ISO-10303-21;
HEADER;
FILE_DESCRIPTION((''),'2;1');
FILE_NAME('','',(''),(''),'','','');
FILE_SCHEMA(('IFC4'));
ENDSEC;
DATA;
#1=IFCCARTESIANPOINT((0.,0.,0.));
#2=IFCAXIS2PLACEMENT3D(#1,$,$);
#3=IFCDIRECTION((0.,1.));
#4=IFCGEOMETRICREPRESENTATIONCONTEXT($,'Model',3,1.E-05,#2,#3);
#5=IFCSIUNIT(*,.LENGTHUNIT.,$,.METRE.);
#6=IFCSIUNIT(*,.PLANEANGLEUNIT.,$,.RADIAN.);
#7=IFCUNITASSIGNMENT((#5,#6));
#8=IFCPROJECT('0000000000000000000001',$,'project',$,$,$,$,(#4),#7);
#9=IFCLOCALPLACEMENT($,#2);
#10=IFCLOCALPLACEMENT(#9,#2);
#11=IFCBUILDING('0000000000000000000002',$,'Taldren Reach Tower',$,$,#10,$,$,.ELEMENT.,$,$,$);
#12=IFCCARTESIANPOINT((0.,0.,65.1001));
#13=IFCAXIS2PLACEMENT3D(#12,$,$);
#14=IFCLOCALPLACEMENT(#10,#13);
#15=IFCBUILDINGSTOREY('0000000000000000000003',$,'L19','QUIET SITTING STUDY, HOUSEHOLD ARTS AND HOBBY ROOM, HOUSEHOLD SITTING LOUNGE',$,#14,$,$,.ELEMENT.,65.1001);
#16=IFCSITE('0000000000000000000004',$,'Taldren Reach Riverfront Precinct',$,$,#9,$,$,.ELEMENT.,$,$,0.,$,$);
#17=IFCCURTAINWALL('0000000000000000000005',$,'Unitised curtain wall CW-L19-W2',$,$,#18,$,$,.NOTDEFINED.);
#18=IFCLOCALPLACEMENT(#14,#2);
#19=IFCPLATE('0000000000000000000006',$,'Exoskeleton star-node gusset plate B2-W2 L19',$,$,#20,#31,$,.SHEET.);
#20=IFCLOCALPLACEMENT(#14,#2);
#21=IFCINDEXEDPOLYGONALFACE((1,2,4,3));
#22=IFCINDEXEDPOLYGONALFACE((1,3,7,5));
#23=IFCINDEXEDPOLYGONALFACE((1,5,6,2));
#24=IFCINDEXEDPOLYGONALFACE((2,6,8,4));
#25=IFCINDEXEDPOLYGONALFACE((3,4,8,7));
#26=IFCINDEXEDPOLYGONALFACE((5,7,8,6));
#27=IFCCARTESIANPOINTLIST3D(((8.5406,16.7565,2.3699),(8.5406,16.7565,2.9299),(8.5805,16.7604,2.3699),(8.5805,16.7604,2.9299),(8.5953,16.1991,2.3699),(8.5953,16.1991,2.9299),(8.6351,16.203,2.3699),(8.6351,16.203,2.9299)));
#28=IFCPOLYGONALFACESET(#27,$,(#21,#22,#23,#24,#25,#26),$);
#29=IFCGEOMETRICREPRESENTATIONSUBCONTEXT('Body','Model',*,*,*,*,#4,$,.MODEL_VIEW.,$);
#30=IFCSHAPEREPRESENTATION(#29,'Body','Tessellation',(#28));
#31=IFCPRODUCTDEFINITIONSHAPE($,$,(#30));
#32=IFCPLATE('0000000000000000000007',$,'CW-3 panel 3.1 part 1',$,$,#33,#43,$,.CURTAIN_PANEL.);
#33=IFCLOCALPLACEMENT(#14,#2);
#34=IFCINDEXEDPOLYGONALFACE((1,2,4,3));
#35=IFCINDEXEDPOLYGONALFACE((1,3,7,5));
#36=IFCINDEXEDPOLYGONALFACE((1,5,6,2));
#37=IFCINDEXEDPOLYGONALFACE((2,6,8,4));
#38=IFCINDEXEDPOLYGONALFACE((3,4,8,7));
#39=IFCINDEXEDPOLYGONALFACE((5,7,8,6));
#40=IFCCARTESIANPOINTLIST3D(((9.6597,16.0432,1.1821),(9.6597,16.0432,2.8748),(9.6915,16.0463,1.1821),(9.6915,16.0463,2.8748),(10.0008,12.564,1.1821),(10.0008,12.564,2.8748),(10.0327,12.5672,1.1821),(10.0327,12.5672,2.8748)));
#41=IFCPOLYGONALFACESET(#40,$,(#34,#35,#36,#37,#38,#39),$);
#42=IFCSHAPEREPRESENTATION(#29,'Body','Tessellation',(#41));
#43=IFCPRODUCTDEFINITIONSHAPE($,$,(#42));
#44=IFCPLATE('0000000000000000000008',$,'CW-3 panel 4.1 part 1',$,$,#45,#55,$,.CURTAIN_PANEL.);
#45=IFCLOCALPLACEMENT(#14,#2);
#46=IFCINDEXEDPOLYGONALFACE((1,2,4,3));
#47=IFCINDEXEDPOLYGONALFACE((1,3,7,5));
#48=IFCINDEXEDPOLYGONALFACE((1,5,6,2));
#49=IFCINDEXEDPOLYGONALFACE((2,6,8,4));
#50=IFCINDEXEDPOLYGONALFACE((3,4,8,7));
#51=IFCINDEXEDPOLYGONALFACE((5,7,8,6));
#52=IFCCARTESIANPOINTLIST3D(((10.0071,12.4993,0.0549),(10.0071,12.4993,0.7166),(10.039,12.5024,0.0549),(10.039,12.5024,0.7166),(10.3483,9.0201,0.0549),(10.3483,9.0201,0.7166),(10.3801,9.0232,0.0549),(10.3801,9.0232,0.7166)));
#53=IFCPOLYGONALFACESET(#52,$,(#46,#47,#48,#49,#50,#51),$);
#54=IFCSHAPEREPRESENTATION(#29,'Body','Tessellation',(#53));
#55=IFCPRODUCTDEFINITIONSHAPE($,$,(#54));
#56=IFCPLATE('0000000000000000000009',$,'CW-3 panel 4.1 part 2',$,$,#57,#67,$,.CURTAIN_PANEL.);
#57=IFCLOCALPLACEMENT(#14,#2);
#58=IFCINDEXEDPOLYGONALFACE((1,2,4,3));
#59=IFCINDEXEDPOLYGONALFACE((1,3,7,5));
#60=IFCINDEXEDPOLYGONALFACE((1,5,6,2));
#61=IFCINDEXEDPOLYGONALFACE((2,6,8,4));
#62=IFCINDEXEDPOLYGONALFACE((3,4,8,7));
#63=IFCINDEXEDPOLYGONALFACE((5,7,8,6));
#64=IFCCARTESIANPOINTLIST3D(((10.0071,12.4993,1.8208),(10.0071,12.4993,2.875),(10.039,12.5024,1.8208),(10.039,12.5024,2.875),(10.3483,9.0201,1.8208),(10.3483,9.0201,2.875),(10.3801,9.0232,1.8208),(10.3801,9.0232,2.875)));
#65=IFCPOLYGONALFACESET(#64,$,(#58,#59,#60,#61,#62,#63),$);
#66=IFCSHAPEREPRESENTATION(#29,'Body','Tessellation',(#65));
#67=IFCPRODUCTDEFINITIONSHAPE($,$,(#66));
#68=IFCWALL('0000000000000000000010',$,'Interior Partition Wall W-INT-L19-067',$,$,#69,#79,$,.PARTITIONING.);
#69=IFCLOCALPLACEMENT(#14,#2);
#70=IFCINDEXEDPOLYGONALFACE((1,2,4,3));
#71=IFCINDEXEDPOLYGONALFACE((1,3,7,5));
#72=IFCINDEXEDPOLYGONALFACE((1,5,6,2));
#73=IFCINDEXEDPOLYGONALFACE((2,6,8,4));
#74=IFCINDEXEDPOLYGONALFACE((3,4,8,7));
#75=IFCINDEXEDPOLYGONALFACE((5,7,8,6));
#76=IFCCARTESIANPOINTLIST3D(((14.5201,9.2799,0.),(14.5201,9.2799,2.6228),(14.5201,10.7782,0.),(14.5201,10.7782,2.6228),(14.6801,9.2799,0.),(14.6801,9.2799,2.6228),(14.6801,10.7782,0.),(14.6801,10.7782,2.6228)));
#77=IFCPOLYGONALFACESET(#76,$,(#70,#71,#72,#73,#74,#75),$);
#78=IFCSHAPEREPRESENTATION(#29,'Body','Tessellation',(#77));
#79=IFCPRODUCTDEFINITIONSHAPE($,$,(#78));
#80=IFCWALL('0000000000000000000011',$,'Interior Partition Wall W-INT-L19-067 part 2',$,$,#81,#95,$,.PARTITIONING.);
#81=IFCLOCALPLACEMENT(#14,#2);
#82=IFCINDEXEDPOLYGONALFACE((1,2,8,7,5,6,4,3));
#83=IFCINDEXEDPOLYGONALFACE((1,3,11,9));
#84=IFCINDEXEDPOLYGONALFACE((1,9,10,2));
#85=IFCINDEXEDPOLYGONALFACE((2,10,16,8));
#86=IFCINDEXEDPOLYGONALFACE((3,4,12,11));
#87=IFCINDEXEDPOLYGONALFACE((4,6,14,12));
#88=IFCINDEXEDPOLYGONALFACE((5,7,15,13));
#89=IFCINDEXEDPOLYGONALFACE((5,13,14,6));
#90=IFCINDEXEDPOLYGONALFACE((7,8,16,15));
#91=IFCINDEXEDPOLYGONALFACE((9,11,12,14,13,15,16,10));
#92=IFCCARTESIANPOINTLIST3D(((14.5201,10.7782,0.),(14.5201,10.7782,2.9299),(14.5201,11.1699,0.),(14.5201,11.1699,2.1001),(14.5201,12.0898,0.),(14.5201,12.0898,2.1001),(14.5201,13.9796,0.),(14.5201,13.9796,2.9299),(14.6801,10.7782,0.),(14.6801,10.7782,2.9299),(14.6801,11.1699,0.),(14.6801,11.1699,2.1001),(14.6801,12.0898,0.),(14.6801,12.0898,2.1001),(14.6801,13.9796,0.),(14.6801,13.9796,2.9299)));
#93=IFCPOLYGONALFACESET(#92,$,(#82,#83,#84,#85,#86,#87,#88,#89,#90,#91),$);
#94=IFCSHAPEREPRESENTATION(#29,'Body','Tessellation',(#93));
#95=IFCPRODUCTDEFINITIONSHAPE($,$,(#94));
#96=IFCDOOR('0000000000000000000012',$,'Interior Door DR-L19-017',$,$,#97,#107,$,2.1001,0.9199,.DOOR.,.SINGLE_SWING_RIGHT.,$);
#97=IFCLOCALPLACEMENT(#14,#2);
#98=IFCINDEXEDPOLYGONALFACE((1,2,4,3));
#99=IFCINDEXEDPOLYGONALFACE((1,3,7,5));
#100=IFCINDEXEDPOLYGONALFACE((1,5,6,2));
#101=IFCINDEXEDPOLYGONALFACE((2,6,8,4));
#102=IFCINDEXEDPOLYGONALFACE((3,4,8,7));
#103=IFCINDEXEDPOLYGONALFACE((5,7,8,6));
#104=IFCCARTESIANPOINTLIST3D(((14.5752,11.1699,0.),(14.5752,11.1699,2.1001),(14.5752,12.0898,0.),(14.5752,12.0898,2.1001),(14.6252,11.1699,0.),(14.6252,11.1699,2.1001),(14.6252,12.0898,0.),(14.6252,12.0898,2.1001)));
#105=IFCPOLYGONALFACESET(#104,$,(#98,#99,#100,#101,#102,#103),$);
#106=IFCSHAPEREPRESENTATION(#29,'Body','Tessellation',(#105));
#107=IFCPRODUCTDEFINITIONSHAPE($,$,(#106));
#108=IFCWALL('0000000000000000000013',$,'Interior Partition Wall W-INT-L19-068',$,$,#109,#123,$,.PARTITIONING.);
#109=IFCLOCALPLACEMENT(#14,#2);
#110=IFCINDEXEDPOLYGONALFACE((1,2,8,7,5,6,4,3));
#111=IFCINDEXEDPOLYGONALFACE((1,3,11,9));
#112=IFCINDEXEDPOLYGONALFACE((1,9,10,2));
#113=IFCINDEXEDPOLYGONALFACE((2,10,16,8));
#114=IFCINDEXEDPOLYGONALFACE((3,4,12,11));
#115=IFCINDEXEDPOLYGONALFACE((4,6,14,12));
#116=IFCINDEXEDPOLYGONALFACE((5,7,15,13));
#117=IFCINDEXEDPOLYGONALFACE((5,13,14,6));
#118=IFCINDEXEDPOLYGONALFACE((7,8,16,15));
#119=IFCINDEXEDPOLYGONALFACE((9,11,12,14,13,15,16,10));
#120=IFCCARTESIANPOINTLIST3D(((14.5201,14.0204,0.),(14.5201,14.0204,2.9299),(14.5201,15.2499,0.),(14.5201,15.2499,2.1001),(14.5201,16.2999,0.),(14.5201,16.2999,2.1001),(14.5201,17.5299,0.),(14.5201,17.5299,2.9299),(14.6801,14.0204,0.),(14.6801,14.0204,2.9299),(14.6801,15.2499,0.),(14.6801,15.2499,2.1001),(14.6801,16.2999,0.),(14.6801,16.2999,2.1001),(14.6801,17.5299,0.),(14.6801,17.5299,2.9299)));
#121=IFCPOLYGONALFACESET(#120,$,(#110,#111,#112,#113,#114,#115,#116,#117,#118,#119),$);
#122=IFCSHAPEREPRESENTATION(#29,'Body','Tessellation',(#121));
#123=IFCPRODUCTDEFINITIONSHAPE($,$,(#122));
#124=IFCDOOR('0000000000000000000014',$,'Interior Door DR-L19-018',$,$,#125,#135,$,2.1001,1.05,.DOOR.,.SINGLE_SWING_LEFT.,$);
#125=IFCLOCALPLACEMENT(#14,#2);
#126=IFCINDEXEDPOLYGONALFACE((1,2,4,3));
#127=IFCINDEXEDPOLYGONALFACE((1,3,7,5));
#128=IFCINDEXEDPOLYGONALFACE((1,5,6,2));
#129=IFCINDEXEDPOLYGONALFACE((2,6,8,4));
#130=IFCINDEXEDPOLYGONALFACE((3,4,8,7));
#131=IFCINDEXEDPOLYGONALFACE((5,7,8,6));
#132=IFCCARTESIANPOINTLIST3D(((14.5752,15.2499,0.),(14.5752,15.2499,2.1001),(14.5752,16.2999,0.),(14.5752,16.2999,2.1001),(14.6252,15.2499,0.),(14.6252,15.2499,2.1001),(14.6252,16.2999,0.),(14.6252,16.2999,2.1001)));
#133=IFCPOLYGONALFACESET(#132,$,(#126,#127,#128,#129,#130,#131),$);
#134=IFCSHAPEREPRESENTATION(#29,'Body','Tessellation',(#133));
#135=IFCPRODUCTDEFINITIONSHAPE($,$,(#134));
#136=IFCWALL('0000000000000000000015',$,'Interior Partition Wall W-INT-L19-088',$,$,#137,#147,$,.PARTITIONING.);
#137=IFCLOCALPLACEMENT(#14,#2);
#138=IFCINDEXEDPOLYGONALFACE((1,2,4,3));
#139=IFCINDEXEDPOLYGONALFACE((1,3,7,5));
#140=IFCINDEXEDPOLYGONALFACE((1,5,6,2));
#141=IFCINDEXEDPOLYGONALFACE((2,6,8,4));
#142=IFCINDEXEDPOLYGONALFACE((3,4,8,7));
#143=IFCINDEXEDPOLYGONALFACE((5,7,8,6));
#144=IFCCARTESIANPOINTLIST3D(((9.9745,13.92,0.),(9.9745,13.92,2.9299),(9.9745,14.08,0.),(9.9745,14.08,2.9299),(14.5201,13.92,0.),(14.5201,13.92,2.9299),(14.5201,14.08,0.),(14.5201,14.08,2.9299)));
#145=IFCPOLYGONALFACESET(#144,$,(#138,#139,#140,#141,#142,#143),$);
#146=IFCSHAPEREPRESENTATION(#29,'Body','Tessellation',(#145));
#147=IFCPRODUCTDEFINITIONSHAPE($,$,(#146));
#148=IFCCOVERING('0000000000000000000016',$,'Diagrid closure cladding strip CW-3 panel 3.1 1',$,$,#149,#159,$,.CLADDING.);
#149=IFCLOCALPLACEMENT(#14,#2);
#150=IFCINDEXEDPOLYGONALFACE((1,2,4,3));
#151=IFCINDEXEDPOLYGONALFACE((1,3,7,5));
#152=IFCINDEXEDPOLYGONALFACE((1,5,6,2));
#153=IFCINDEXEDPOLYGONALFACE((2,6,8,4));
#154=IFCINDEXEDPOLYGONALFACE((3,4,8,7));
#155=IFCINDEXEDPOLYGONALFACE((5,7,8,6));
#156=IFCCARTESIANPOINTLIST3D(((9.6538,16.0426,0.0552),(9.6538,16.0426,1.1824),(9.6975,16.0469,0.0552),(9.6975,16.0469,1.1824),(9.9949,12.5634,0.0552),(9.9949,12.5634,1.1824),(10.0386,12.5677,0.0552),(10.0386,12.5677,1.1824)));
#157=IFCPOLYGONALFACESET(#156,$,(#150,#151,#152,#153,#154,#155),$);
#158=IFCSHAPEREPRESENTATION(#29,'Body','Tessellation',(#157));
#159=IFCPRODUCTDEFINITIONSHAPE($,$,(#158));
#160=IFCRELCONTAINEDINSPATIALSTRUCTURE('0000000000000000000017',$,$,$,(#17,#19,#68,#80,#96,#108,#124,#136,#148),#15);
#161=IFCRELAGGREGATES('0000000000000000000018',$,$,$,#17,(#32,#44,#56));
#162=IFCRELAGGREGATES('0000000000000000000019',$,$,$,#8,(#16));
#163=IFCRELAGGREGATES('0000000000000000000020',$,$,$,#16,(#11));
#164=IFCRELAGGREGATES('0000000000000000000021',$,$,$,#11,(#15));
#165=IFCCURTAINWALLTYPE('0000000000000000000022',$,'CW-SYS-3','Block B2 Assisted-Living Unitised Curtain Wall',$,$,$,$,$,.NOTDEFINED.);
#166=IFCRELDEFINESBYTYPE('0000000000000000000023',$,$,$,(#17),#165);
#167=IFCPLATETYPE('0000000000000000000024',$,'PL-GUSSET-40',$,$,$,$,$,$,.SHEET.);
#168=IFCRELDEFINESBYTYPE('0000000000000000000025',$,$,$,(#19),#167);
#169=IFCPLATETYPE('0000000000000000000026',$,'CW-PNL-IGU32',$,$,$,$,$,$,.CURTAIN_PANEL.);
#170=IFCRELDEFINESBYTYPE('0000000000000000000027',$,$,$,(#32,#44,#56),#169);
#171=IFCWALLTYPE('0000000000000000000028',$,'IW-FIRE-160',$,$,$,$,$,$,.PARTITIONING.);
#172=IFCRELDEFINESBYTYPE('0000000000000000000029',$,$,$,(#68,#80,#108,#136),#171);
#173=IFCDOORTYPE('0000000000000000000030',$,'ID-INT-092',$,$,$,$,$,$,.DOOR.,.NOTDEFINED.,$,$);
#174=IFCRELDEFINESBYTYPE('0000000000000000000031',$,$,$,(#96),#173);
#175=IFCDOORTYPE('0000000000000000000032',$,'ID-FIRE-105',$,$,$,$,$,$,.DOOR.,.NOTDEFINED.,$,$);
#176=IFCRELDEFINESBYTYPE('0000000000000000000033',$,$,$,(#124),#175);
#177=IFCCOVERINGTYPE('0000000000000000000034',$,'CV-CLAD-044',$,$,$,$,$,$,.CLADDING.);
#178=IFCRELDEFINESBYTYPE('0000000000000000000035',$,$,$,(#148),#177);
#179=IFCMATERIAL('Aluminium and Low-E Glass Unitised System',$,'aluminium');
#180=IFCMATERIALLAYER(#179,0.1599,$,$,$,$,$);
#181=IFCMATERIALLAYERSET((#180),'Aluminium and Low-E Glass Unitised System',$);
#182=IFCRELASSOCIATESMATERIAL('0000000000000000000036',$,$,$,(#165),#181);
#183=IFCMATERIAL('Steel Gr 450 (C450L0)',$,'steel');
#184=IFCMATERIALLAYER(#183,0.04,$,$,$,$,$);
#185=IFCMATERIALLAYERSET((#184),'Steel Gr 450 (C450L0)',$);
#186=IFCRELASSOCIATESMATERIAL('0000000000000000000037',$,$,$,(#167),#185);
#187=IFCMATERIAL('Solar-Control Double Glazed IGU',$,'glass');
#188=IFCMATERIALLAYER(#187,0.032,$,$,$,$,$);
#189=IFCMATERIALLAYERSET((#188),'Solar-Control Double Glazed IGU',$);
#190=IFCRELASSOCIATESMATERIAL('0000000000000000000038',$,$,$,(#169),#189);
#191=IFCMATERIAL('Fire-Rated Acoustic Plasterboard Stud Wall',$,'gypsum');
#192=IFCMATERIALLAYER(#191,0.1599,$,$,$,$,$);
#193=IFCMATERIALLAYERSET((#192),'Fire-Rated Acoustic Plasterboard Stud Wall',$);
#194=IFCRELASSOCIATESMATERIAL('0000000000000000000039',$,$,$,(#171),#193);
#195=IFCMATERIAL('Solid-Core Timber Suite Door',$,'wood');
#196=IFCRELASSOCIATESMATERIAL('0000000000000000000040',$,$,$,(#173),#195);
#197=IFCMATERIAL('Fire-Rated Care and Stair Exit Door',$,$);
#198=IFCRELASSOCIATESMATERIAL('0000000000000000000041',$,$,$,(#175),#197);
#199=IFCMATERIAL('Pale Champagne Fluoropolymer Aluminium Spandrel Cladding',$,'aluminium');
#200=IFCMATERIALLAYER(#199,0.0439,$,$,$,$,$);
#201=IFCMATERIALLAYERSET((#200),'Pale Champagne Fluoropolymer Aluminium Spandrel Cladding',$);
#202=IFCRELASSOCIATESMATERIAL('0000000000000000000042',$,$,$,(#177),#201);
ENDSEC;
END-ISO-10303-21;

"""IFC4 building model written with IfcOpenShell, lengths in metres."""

from ifc_helpers import new_model, si_unit, direction, frame, frame_2d, origin, origin_2d, place, context, subcontext, project, spatial, rectangle, extrude, source, transform, mapped, material, layer, layer_set, type_object, element, fill, aggregate, save


model = new_model("IFC4")

# Units and contexts
model_context = context("Model", 3, precision=1e-05, world=origin(), true_north=direction((0.0, 1.0)))
body_context = subcontext(model_context, "Body", "Model", "MODEL_VIEW")
ifc_project = project(units=[si_unit("LENGTHUNIT", "METRE"), si_unit("PLANEANGLEUNIT", "RADIAN")], contexts=[model_context])

# Site, building, storey
site_placement = place(None, origin())
site = spatial("IfcSite", under=ifc_project, at=site_placement, Name="Taldren Reach Riverfront Precinct", CompositionType="ELEMENT", RefElevation=0.0)
building_placement = place(site_placement, origin())
building = spatial("IfcBuilding", under=site, at=building_placement, Name="Taldren Reach Tower", CompositionType="ELEMENT")
storey_placement = place(building_placement, frame((0.0, 0.0, 65.1001)))
storey = spatial("IfcBuildingStorey", under=building, at=storey_placement, Name="L19", Description="QUIET SITTING STUDY, HOUSEHOLD ARTS AND HOBBY ROOM, HOUSEHOLD SITTING LOUNGE", CompositionType="ELEMENT", Elevation=65.1001)

# Shared definitions
ifc_material_1 = material(Name="Steel Gr 450 (C450L0)", Category="steel")

# Curtain wall
ifc_material_2 = material(Name="Aluminium and Low-E Glass Unitised System", Category="aluminium")
ifc_layer_1 = layer(ifc_material_2, 0.1599)
ifc_layer_set_1 = layer_set([ifc_layer_1], Name="Aluminium and Low-E Glass Unitised System")
curtain_wall_type = type_object("IfcCurtainWallType", Name="CW-SYS-3", Description="Block B2 Assisted-Living Unitised Curtain Wall", PredefinedType="NOTDEFINED", material=ifc_layer_set_1)
curtain_wall_placement = place(storey_placement, origin())
curtain_wall = element("IfcCurtainWall", 1, at=curtain_wall_placement, inside=storey, type_object=curtain_wall_type, Name="Unitised curtain wall CW-L19-W2", PredefinedType="NOTDEFINED")

# Plates
ifc_layer_2 = layer(ifc_material_1, 0.04)
ifc_layer_set_2 = layer_set([ifc_layer_2], Name="Steel Gr 450 (C450L0)")
plate_type_1 = type_object("IfcPlateType", Name="PL-GUSSET-40", PredefinedType="SHEET", material=ifc_layer_set_2)
shared_shape_1 = source(origin(), body_context, "Body", "SweptSolid", [
    extrude(rectangle(XDim=0.5601, YDim=0.04, at=origin_2d()), origin(), (0.0, 0.0, 1.0), 0.5601),
])
plate_1_placement = place(storey_placement, frame((8.5879, 16.4797, 2.3699), z_axis=(0.0, 0.0, 1.0), x_axis=(-0.097583, 0.995227, 0.0)))
element("IfcPlate", 2, at=plate_1_placement, inside=storey, type_object=plate_type_1, Name="Exoskeleton star-node gusset plate B2-W2 L19", PredefinedType="SHEET", context=body_context, shape_type="MappedRepresentation", body=[
    mapped(shared_shape_1, transform((0.0, 0.0, 0.0), scale=1.0)),
])
ifc_material_3 = material(Name="Solar-Control Double Glazed IGU", Category="glass")
ifc_layer_3 = layer(ifc_material_3, 0.032)
ifc_layer_set_3 = layer_set([ifc_layer_3], Name="Solar-Control Double Glazed IGU")
plate_type_2 = type_object("IfcPlateType", Name="CW-PNL-IGU32", PredefinedType="CURTAIN_PANEL", material=ifc_layer_set_3)
shared_shape_2 = source(origin(), body_context, "Body", "SweptSolid", [
    extrude(rectangle(XDim=3.4958, YDim=0.032, at=origin_2d()), origin(), (0.0, 0.0, 1.0), 1.6926),
])
plate_2_placement = place(storey_placement, frame((9.8462, 14.3052, 1.1821), z_axis=(0.0, 0.0, 1.0), x_axis=(0.097583, -0.995227, 0.0)))
plate_2 = element("IfcPlate", 3, at=plate_2_placement, type_object=plate_type_2, Name="CW-3 panel 3.1 part 1", PredefinedType="CURTAIN_PANEL", context=body_context, shape_type="MappedRepresentation", body=[
    mapped(shared_shape_2, transform((0.0, 0.0, 0.0), scale=1.0)),
])
shared_shape_3 = source(origin(), body_context, "Body", "SweptSolid", [
    extrude(rectangle(XDim=3.4958, YDim=0.032, at=origin_2d()), origin(), (0.0, 0.0, 1.0), 0.6616),
])
plate_3_placement = place(storey_placement, frame((10.1936, 10.7612, 0.0549), z_axis=(0.0, 0.0, 1.0), x_axis=(0.097583, -0.995227, 0.0)))
plate_3 = element("IfcPlate", 4, at=plate_3_placement, type_object=plate_type_2, Name="CW-3 panel 4.1 part 1", PredefinedType="CURTAIN_PANEL", context=body_context, shape_type="MappedRepresentation", body=[
    mapped(shared_shape_3, transform((0.0, 0.0, 0.0), scale=1.0)),
])
shared_shape_4 = source(origin(), body_context, "Body", "SweptSolid", [
    extrude(rectangle(XDim=3.4958, YDim=0.032, at=origin_2d()), origin(), (0.0, 0.0, 1.0), 1.0542),
])
plate_4_placement = place(storey_placement, frame((10.1936, 10.7612, 1.8208), z_axis=(0.0, 0.0, 1.0), x_axis=(0.097583, -0.995227, 0.0)))
plate_4 = element("IfcPlate", 5, at=plate_4_placement, type_object=plate_type_2, Name="CW-3 panel 4.1 part 2", PredefinedType="CURTAIN_PANEL", context=body_context, shape_type="MappedRepresentation", body=[
    mapped(shared_shape_4, transform((0.0, 0.0, 0.0), scale=1.0)),
])
aggregate(curtain_wall, [plate_2, plate_3, plate_4])

# Wall
ifc_material_4 = material(Name="Fire-Rated Acoustic Plasterboard Stud Wall", Category="gypsum")
ifc_layer_4 = layer(ifc_material_4, 0.1599)
ifc_layer_set_4 = layer_set([ifc_layer_4], Name="Fire-Rated Acoustic Plasterboard Stud Wall")
wall_type = type_object("IfcWallType", Name="IW-FIRE-160", PredefinedType="PARTITIONING", material=ifc_layer_set_4)
shared_shape_5 = source(origin(), body_context, "Body", "SweptSolid", [
    extrude(rectangle(XDim=1.4983, YDim=0.1599, at=frame_2d((0.749, 0.0))), origin(), (0.0, 0.0, 1.0), 2.6228),
])
wall_1_placement = place(storey_placement, frame((14.6001, 9.28, 0.0), z_axis=(0.0, 0.0, 1.0), x_axis=(0.0, 1.0, 0.0)))
element("IfcWall", 6, at=wall_1_placement, inside=storey, type_object=wall_type, Name="Interior Partition Wall W-INT-L19-067", PredefinedType="PARTITIONING", context=body_context, shape_type="MappedRepresentation", body=[
    mapped(shared_shape_5, transform((0.0, 0.0, 0.0), scale=1.0)),
])

# Walls, openings, doors
shared_shape_6 = source(origin(), body_context, "Body", "SweptSolid", [
    extrude(rectangle(XDim=3.2014, YDim=0.1599, at=frame_2d((1.6006, 0.0))), origin(), (0.0, 0.0, 1.0), 2.9299),
])
wall_2_placement = place(storey_placement, frame((14.6001, 10.7783, 0.0), z_axis=(0.0, 0.0, 1.0), x_axis=(0.0, 1.0, 0.0)))
wall_2 = element("IfcWall", 7, at=wall_2_placement, inside=storey, type_object=wall_type, Name="Interior Partition Wall W-INT-L19-067 part 2", PredefinedType="PARTITIONING", context=body_context, shape_type="MappedRepresentation", body=[
    mapped(shared_shape_6, transform((0.0, 0.0, 0.0), scale=1.0)),
])
shared_shape_7 = source(origin(), body_context, "Body", "SweptSolid", [
    extrude(rectangle(XDim=0.9199, YDim=2.1001, at=frame_2d((0.46, 1.05))), frame((0.0, 0.0898, 0.0), z_axis=(0.0, -1.0, 0.0), x_axis=(1.0, 0.0, 0.0)), (0.0, 0.0, 1.0), 0.1799),
])
opening_1_placement = place(wall_2_placement, frame((0.3916, 0.0, 0.0)))
opening_1 = element("IfcOpeningElement", 8, at=opening_1_placement, cuts=wall_2, PredefinedType="OPENING", context=body_context, shape_type="MappedRepresentation", body=[
    mapped(shared_shape_7, transform((0.0, 0.0, 0.0), scale=1.0)),
])
ifc_material_5 = material(Name="Solid-Core Timber Suite Door", Category="wood")
door_type_1 = type_object("IfcDoorType", Name="ID-INT-092", OperationType="NOTDEFINED", PredefinedType="DOOR", material=ifc_material_5)
shared_shape_8 = source(origin(), body_context, "Body", "SweptSolid", [
    extrude(rectangle(XDim=0.9199, YDim=2.1001, at=frame_2d((0.46, 1.05))), frame((0.0, 0.0249, 0.0), z_axis=(0.0, -1.0, 0.0), x_axis=(1.0, 0.0, 0.0)), (0.0, 0.0, 1.0), 0.05),
])
door_1_placement = place(opening_1_placement, origin())
door_1 = element("IfcDoor", 9, at=door_1_placement, inside=storey, type_object=door_type_1, Name="Interior Door DR-L19-017", OperationType="SINGLE_SWING_RIGHT", OverallHeight=2.1001, OverallWidth=0.9199, PredefinedType="DOOR", context=body_context, shape_type="MappedRepresentation", body=[
    mapped(shared_shape_8, transform((0.0, 0.0, 0.0), scale=1.0)),
])
fill(opening_1, door_1)
shared_shape_9 = source(origin(), body_context, "Body", "SweptSolid", [
    extrude(rectangle(XDim=3.5095, YDim=0.1599, at=frame_2d((1.7549, 0.0))), origin(), (0.0, 0.0, 1.0), 2.9299),
])
wall_3_placement = place(storey_placement, frame((14.6001, 14.0203, 0.0), z_axis=(0.0, 0.0, 1.0), x_axis=(0.0, 1.0, 0.0)))
wall_3 = element("IfcWall", 10, at=wall_3_placement, inside=storey, type_object=wall_type, Name="Interior Partition Wall W-INT-L19-068", PredefinedType="PARTITIONING", context=body_context, shape_type="MappedRepresentation", body=[
    mapped(shared_shape_9, transform((0.0, 0.0, 0.0), scale=1.0)),
])
shared_shape_10 = source(origin(), body_context, "Body", "SweptSolid", [
    extrude(rectangle(XDim=1.05, YDim=2.1001, at=frame_2d((0.5249, 1.05))), frame((0.0, 0.0898, 0.0), z_axis=(0.0, -1.0, 0.0), x_axis=(1.0, 0.0, 0.0)), (0.0, 0.0, 1.0), 0.1799),
])
opening_2_placement = place(wall_3_placement, frame((1.2297, 0.0, 0.0)))
opening_2 = element("IfcOpeningElement", 11, at=opening_2_placement, cuts=wall_3, PredefinedType="OPENING", context=body_context, shape_type="MappedRepresentation", body=[
    mapped(shared_shape_10, transform((0.0, 0.0, 0.0), scale=1.0)),
])
ifc_material_6 = material(Name="Fire-Rated Care and Stair Exit Door")
door_type_2 = type_object("IfcDoorType", Name="ID-FIRE-105", OperationType="NOTDEFINED", PredefinedType="DOOR", material=ifc_material_6)
shared_shape_11 = source(origin(), body_context, "Body", "SweptSolid", [
    extrude(rectangle(XDim=1.05, YDim=2.1001, at=frame_2d((0.5249, 1.05))), frame((0.0, 0.0249, 0.0), z_axis=(0.0, -1.0, 0.0), x_axis=(1.0, 0.0, 0.0)), (0.0, 0.0, 1.0), 0.05),
])
door_2_placement = place(opening_2_placement, origin())
door_2 = element("IfcDoor", 12, at=door_2_placement, inside=storey, type_object=door_type_2, Name="Interior Door DR-L19-018", OperationType="SINGLE_SWING_LEFT", OverallHeight=2.1001, OverallWidth=1.05, PredefinedType="DOOR", context=body_context, shape_type="MappedRepresentation", body=[
    mapped(shared_shape_11, transform((0.0, 0.0, 0.0), scale=1.0)),
])
fill(opening_2, door_2)

# Wall
shared_shape_12 = source(origin(), body_context, "Body", "SweptSolid", [
    extrude(rectangle(XDim=4.5457, YDim=0.1599, at=frame_2d((2.2729, 0.0))), origin(), (0.0, 0.0, 1.0), 2.9299),
])
wall_4_placement = place(storey_placement, frame((9.9744, 14.0, 0.0), z_axis=(0.0, 0.0, 1.0), x_axis=(1.0, 0.0, 0.0)))
element("IfcWall", 13, at=wall_4_placement, inside=storey, type_object=wall_type, Name="Interior Partition Wall W-INT-L19-088", PredefinedType="PARTITIONING", context=body_context, shape_type="MappedRepresentation", body=[
    mapped(shared_shape_12, transform((0.0, 0.0, 0.0), scale=1.0)),
])

# Covering
ifc_material_7 = material(Name="Pale Champagne Fluoropolymer Aluminium Spandrel Cladding", Category="aluminium")
ifc_layer_5 = layer(ifc_material_7, 0.0439)
ifc_layer_set_5 = layer_set([ifc_layer_5], Name="Pale Champagne Fluoropolymer Aluminium Spandrel Cladding")
covering_type = type_object("IfcCoveringType", Name="CV-CLAD-044", PredefinedType="CLADDING", material=ifc_layer_set_5)
shared_shape_13 = source(origin(), body_context, "Body", "SweptSolid", [
    extrude(rectangle(XDim=3.4958, YDim=0.0439, at=origin_2d()), origin(), (0.0, 0.0, 1.0), 1.1272),
])
covering_1_placement = place(storey_placement, frame((9.8462, 14.3052, 0.0552), z_axis=(0.0, 0.0, 1.0), x_axis=(0.097583, -0.995227, 0.0)))
element("IfcCovering", 14, at=covering_1_placement, inside=storey, type_object=covering_type, Name="Diagrid closure cladding strip CW-3 panel 3.1 1", PredefinedType="CLADDING", context=body_context, shape_type="MappedRepresentation", body=[
    mapped(shared_shape_13, transform((0.0, 0.0, 0.0), scale=1.0)),
])

save(model, "model.ifc")
